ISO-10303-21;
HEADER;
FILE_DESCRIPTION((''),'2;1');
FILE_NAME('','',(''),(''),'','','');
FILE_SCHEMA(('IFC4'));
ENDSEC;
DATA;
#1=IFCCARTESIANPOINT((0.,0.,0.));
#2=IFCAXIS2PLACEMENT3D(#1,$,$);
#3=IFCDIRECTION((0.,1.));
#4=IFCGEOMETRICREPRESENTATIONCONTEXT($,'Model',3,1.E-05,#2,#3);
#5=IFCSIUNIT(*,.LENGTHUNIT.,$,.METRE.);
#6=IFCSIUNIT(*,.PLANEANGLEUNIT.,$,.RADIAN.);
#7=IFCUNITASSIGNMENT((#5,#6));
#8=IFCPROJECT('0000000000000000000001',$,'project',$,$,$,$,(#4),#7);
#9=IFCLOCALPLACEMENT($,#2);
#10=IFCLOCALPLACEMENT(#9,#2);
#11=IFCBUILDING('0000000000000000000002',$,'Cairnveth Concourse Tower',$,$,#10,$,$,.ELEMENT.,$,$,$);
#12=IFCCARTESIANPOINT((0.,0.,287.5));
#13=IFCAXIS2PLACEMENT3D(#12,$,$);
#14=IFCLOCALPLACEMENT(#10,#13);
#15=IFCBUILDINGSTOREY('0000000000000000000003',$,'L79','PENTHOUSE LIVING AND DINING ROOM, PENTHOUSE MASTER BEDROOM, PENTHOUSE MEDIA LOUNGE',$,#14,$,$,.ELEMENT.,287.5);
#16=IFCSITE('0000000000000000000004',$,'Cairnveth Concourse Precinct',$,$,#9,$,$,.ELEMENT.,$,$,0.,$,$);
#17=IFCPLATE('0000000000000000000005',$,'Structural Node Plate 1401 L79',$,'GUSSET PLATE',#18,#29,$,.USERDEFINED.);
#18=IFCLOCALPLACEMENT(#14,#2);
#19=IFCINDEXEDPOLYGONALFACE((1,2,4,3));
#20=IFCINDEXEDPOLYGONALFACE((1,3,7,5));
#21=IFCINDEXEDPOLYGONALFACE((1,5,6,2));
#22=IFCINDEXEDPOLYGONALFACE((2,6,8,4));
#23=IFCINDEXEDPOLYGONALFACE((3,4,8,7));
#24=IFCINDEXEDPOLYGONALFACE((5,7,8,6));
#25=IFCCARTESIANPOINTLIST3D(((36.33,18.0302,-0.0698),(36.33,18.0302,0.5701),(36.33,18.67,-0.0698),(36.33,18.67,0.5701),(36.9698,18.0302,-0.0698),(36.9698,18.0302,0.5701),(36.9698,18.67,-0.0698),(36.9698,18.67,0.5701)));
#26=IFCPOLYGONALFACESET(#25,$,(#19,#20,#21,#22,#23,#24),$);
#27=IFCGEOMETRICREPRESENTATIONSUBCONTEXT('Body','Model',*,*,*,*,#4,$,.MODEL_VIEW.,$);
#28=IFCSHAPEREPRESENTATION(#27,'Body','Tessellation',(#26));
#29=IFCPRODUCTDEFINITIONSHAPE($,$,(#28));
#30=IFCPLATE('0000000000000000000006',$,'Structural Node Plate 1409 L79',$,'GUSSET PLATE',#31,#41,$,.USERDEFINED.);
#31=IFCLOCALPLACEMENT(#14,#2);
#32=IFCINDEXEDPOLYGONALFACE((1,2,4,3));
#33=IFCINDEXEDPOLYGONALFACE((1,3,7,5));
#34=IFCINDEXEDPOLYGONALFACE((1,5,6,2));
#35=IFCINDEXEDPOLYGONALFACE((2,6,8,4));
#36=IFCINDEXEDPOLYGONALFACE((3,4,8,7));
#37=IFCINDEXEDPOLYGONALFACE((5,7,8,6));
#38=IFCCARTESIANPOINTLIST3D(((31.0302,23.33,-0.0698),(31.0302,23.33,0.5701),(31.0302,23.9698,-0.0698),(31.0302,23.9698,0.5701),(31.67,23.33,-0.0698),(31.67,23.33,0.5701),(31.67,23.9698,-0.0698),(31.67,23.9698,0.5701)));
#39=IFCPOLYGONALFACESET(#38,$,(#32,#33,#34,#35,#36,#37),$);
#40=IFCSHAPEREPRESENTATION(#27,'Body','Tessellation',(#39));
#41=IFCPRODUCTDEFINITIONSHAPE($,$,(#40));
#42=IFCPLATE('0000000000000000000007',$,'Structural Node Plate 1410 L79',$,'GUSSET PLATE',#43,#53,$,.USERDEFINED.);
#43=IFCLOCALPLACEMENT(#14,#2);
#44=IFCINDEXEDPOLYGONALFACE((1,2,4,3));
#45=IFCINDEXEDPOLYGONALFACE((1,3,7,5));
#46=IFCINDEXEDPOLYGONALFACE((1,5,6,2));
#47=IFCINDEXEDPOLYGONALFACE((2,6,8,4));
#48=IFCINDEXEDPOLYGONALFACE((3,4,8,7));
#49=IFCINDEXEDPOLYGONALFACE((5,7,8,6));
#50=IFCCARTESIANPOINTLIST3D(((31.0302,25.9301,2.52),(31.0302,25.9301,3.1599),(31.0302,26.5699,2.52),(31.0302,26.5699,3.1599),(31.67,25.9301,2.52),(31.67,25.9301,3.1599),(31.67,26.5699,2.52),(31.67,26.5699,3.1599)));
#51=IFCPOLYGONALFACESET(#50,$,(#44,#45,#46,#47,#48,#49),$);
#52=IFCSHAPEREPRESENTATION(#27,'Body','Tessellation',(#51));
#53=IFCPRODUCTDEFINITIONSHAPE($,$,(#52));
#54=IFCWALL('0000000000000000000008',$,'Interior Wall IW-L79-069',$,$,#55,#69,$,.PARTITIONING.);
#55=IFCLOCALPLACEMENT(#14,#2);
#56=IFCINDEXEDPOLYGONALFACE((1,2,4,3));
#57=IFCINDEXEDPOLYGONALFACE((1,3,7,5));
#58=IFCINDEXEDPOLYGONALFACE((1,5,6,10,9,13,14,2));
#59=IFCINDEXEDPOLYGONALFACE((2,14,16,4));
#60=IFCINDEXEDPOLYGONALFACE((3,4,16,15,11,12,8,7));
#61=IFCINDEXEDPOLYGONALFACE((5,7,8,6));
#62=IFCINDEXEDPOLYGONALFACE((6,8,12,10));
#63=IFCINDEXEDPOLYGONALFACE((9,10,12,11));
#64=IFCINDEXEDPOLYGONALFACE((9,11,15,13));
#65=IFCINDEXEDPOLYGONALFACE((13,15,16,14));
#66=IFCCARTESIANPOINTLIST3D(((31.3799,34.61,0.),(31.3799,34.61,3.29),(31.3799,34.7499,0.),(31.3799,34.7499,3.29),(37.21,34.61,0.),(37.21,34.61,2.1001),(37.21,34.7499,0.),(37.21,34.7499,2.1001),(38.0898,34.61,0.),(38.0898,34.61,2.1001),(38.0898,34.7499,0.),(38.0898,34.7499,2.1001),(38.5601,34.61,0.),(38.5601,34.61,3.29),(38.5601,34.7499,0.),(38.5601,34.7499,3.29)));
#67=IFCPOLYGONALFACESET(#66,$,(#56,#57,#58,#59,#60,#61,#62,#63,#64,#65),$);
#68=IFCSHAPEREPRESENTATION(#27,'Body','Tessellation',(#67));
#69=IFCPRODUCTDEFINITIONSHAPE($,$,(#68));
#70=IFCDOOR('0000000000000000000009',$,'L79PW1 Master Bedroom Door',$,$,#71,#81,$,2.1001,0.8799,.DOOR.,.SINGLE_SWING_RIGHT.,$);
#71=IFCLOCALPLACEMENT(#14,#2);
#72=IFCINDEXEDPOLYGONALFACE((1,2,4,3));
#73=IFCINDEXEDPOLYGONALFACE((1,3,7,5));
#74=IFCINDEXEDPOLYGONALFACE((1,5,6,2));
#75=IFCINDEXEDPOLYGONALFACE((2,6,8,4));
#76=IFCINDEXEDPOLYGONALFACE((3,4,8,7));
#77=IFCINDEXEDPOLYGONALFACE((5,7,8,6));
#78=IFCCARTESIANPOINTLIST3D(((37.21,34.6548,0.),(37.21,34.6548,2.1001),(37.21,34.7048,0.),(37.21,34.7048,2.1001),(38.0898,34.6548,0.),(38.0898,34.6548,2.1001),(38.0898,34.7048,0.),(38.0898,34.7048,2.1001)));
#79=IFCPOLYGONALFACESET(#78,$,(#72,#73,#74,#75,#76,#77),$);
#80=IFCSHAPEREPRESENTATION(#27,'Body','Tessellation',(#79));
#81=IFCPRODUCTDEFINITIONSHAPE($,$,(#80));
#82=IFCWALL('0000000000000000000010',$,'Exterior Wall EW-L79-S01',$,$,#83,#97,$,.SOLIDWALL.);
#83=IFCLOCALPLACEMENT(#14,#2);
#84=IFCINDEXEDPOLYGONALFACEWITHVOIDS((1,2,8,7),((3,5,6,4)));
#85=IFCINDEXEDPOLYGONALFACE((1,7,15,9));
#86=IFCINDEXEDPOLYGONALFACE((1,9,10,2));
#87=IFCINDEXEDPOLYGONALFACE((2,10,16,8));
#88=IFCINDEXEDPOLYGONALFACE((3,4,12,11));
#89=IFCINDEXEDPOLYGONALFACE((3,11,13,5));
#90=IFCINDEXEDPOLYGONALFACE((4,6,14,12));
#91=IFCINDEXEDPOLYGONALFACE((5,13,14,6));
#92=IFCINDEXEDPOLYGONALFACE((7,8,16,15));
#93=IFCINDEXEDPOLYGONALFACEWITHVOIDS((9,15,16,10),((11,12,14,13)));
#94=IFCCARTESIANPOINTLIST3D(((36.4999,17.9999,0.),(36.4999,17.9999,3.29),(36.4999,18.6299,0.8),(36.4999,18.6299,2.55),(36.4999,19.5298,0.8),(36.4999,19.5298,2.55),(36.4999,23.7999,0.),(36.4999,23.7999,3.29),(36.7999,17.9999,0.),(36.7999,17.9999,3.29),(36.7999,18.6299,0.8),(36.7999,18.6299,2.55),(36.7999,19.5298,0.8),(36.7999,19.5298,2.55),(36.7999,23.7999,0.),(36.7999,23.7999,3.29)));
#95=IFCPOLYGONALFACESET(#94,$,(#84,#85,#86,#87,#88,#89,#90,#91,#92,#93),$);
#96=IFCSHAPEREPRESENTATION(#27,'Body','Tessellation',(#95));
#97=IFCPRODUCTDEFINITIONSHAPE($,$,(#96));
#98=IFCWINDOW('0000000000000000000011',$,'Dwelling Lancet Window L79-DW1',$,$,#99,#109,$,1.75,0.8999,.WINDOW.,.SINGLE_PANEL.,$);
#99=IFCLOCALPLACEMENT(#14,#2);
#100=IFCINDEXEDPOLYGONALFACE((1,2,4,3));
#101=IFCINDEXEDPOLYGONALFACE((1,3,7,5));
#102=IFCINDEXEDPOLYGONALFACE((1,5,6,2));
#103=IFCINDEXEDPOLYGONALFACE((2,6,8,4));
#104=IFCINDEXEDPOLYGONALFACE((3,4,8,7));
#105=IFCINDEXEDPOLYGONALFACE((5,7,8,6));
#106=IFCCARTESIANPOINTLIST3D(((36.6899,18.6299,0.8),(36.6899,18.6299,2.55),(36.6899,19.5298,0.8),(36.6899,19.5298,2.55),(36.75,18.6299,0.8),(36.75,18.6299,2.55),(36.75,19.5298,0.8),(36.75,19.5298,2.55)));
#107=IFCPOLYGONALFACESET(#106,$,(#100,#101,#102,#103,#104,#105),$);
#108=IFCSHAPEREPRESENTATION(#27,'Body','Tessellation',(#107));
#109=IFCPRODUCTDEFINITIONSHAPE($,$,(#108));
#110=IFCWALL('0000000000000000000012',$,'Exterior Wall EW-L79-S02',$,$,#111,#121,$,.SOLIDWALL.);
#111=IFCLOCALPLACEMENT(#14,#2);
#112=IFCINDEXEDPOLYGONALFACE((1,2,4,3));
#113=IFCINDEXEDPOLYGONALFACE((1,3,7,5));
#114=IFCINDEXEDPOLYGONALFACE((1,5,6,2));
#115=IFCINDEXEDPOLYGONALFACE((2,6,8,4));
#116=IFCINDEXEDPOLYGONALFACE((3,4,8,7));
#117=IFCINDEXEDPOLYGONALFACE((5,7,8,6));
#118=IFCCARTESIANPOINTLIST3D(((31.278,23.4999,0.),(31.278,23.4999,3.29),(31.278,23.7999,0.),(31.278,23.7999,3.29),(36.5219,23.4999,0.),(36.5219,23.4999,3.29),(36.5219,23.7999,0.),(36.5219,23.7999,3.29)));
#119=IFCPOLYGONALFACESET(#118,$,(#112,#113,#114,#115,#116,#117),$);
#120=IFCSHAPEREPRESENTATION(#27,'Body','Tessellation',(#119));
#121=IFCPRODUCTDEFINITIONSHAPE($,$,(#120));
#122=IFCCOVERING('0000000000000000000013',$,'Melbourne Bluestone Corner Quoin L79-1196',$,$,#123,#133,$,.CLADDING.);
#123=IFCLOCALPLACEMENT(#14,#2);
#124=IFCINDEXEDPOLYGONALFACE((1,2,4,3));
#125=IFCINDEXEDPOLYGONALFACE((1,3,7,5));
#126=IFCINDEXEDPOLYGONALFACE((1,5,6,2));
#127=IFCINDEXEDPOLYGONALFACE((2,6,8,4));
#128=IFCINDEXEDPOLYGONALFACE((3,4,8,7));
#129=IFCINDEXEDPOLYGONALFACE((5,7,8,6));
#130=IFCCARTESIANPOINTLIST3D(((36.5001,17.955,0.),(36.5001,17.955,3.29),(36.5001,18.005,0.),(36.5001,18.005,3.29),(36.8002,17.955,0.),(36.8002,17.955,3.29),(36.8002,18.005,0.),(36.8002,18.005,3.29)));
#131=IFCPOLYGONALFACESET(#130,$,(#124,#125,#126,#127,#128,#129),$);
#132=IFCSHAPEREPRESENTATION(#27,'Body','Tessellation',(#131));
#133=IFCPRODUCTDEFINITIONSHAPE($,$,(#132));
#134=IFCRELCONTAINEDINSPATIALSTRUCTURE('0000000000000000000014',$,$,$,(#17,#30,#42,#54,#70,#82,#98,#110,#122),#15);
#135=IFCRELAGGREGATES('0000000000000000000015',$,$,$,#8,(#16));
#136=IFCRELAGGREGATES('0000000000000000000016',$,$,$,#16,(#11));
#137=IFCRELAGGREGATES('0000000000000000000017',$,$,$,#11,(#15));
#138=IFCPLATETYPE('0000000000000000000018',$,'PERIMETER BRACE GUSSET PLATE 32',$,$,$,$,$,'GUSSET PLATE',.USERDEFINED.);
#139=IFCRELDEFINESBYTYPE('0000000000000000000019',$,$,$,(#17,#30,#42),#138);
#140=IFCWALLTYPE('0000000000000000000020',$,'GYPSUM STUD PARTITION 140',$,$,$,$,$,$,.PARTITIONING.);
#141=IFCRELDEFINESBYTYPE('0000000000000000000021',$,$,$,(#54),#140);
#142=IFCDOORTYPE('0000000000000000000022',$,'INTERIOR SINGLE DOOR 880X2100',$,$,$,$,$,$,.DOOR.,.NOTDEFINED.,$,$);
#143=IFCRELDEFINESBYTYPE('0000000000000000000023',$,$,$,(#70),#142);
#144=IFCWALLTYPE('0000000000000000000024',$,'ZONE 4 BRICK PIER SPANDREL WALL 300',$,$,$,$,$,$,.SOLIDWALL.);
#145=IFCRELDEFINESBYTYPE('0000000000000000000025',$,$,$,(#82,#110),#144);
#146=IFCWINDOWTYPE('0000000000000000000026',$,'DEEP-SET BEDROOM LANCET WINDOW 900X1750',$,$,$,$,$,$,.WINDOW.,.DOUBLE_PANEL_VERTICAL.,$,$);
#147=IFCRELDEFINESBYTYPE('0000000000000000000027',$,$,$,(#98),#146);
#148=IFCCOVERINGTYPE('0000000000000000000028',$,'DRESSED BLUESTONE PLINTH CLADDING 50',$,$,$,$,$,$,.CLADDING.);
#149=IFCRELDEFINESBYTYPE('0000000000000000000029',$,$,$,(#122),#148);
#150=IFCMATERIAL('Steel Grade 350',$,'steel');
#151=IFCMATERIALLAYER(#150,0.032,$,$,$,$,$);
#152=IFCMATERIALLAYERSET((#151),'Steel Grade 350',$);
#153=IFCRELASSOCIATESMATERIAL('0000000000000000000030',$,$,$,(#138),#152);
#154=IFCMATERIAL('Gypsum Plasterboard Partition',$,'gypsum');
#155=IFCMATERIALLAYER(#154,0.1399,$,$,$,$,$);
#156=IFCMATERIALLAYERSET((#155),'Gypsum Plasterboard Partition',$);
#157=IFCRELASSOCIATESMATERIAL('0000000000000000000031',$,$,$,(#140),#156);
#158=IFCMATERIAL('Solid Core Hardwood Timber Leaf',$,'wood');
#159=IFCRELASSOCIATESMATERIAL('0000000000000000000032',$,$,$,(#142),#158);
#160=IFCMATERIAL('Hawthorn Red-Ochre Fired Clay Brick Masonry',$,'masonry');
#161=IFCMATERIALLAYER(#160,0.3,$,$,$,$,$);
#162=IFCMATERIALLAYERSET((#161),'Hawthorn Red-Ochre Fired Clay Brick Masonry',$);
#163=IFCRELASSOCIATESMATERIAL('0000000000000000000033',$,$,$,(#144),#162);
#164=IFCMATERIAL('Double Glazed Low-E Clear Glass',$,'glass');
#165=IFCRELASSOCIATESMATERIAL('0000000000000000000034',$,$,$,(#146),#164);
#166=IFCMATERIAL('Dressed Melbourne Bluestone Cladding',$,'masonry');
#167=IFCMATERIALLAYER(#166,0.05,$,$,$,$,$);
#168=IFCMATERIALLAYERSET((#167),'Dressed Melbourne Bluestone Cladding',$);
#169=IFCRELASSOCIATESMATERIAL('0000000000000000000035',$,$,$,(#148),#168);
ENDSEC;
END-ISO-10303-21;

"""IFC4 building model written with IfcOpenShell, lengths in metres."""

from ifc_helpers import new_model, si_unit, direction, frame, frame_2d, origin, origin_2d, place, context, subcontext, project, spatial, rectangle, extrude, material, layer, layer_set, type_object, element, fill, save


model = new_model("IFC4")

# Units and contexts
model_context = context("Model", 3, precision=1e-05, world=origin(), true_north=direction((0.0, 1.0)))
body_context = subcontext(model_context, "Body", "Model", "MODEL_VIEW")
ifc_project = project(units=[si_unit("LENGTHUNIT", "METRE"), si_unit("PLANEANGLEUNIT", "RADIAN")], contexts=[model_context])

# Site, building, storey
site_placement = place(None, origin())
site = spatial("IfcSite", under=ifc_project, at=site_placement, Name="Cairnveth Concourse Precinct", CompositionType="ELEMENT", RefElevation=0.0)
building_placement = place(site_placement, origin())
building = spatial("IfcBuilding", under=site, at=building_placement, Name="Cairnveth Concourse Tower", CompositionType="ELEMENT")
storey_placement = place(building_placement, frame((0.0, 0.0, 287.5)))
storey = spatial("IfcBuildingStorey", under=building, at=storey_placement, Name="L79", Description="PENTHOUSE LIVING AND DINING ROOM, PENTHOUSE MASTER BEDROOM, PENTHOUSE MEDIA LOUNGE", CompositionType="ELEMENT", Elevation=287.5)

# Shared definitions
ifc_material_1 = material(Name="Steel Grade 350", Category="steel")

# Plates
ifc_layer_1 = layer(ifc_material_1, 0.032)
ifc_layer_set_1 = layer_set([ifc_layer_1], Name="Steel Grade 350")
plate_type = type_object("IfcPlateType", Name="PERIMETER BRACE GUSSET PLATE 32", ElementType="GUSSET PLATE", PredefinedType="USERDEFINED", material=ifc_layer_set_1)
for number, where, z_axis, x_axis, name in (
    (1, (36.6499, 18.3501, -0.0698), (0.0, 0.0, 1.0), (1.0, 0.0, 0.0), "Structural Node Plate 1401 L79"),
    (2, (31.3501, 23.6499, -0.0698), (0.0, 0.0, 1.0), (1.0, 0.0, 0.0), "Structural Node Plate 1409 L79"),
    (3, (31.3501, 26.25, 2.52), (0.0, 0.0, 1.0), (1.0, 0.0, 0.0), "Structural Node Plate 1410 L79"),
):
    element("IfcPlate", number, at=place(storey_placement, frame(where, z_axis=z_axis, x_axis=x_axis)), inside=storey, type_object=plate_type, Name=name, ObjectType="GUSSET PLATE", PredefinedType="USERDEFINED", context=body_context, shape_type="SweptSolid", body=[
        extrude(rectangle(XDim=0.6399, YDim=0.6399, at=origin_2d()), origin(), (0.0, 0.0, 1.0), 0.6399),
    ])

# Wall, opening, door
ifc_material_2 = material(Name="Gypsum Plasterboard Partition", Category="gypsum")
ifc_layer_2 = layer(ifc_material_2, 0.1399)
ifc_layer_set_2 = layer_set([ifc_layer_2], Name="Gypsum Plasterboard Partition")
wall_type_1 = type_object("IfcWallType", Name="GYPSUM STUD PARTITION 140", PredefinedType="PARTITIONING", material=ifc_layer_set_2)
wall_1_placement = place(storey_placement, frame((31.3799, 34.6799, 0.0), z_axis=(0.0, 0.0, 1.0), x_axis=(1.0, 0.0, 0.0)))
wall_1 = element("IfcWall", 4, at=wall_1_placement, inside=storey, type_object=wall_type_1, Name="Interior Wall IW-L79-069", PredefinedType="PARTITIONING", context=body_context, shape_type="SweptSolid", body=[
    extrude(rectangle(XDim=7.1802, YDim=0.1399, at=frame_2d((3.5901, 0.0))), origin(), (0.0, 0.0, 1.0), 3.29),
])
opening_1_placement = place(wall_1_placement, frame((5.8301, 0.0, 0.0)))
opening_1 = element("IfcOpeningElement", 5, at=opening_1_placement, cuts=wall_1, PredefinedType="OPENING", context=body_context, shape_type="SweptSolid", body=[
    extrude(rectangle(XDim=0.8799, YDim=2.1001, at=frame_2d((0.4399, 1.05))), frame((0.0, 0.0798, 0.0), z_axis=(0.0, -1.0, 0.0), x_axis=(1.0, 0.0, 0.0)), (0.0, 0.0, 1.0), 0.1599),
])
ifc_material_3 = material(Name="Solid Core Hardwood Timber Leaf", Category="wood")
door_type = type_object("IfcDoorType", Name="INTERIOR SINGLE DOOR 880X2100", OperationType="NOTDEFINED", PredefinedType="DOOR", material=ifc_material_3)
door_placement = place(opening_1_placement, origin())
door = element("IfcDoor", 6, at=door_placement, inside=storey, type_object=door_type, Name="L79PW1 Master Bedroom Door", OperationType="SINGLE_SWING_RIGHT", OverallHeight=2.1001, OverallWidth=0.8799, PredefinedType="DOOR", context=body_context, shape_type="SweptSolid", body=[
    extrude(rectangle(XDim=0.8799, YDim=2.1001, at=frame_2d((0.4399, 1.05))), frame((0.0, 0.0249, 0.0), z_axis=(0.0, -1.0, 0.0), x_axis=(1.0, 0.0, 0.0)), (0.0, 0.0, 1.0), 0.05),
])
fill(opening_1, door)

# Wall, opening, window
ifc_material_4 = material(Name="Hawthorn Red-Ochre Fired Clay Brick Masonry", Category="masonry")
ifc_layer_3 = layer(ifc_material_4, 0.3)
ifc_layer_set_3 = layer_set([ifc_layer_3], Name="Hawthorn Red-Ochre Fired Clay Brick Masonry")
wall_type_2 = type_object("IfcWallType", Name="ZONE 4 BRICK PIER SPANDREL WALL 300", PredefinedType="SOLIDWALL", material=ifc_layer_set_3)
wall_2_placement = place(storey_placement, frame((36.6499, 18.0, 0.0), z_axis=(0.0, 0.0, 1.0), x_axis=(0.0, 1.0, 0.0)))
wall_2 = element("IfcWall", 7, at=wall_2_placement, inside=storey, type_object=wall_type_2, Name="Exterior Wall EW-L79-S01", PredefinedType="SOLIDWALL", context=body_context, shape_type="SweptSolid", body=[
    extrude(rectangle(XDim=5.8, YDim=0.3, at=frame_2d((2.8999, 0.0))), origin(), (0.0, 0.0, 1.0), 3.29),
])
opening_2_placement = place(wall_2_placement, frame((0.6299, 0.0, 0.8)))
opening_2 = element("IfcOpeningElement", 8, at=opening_2_placement, cuts=wall_2, PredefinedType="OPENING", context=body_context, shape_type="SweptSolid", body=[
    extrude(rectangle(XDim=0.8999, YDim=1.75, at=frame_2d((0.45, 0.875))), frame((0.0, 0.1599, 0.0), z_axis=(0.0, -1.0, 0.0), x_axis=(1.0, 0.0, 0.0)), (0.0, 0.0, 1.0), 0.3201),
])
ifc_material_5 = material(Name="Double Glazed Low-E Clear Glass", Category="glass")
window_type = type_object("IfcWindowType", Name="DEEP-SET BEDROOM LANCET WINDOW 900X1750", PartitioningType="DOUBLE_PANEL_VERTICAL", PredefinedType="WINDOW", material=ifc_material_5)
window_placement = place(opening_2_placement, origin())
window = element("IfcWindow", 9, at=window_placement, inside=storey, type_object=window_type, Name="Dwelling Lancet Window L79-DW1", OverallHeight=1.75, OverallWidth=0.8999, PartitioningType="SINGLE_PANEL", PredefinedType="WINDOW", context=body_context, shape_type="SweptSolid", body=[
    extrude(rectangle(XDim=0.8999, YDim=1.75, at=frame_2d((0.45, 0.875))), frame((0.0, -0.04, 0.0), z_axis=(0.0, -1.0, 0.0), x_axis=(1.0, 0.0, 0.0)), (0.0, 0.0, 1.0), 0.0601),
])
fill(opening_2, window)

# Wall
wall_3_placement = place(storey_placement, frame((36.522, 23.6499, 0.0), z_axis=(0.0, 0.0, 1.0), x_axis=(-1.0, 0.0, 0.0)))
element("IfcWall", 10, at=wall_3_placement, inside=storey, type_object=wall_type_2, Name="Exterior Wall EW-L79-S02", PredefinedType="SOLIDWALL", context=body_context, shape_type="SweptSolid", body=[
    extrude(rectangle(XDim=5.2439, YDim=0.3, at=frame_2d((2.6221, 0.0))), origin(), (0.0, 0.0, 1.0), 3.29),
])

# Covering
ifc_material_6 = material(Name="Dressed Melbourne Bluestone Cladding", Category="masonry")
ifc_layer_4 = layer(ifc_material_6, 0.05)
ifc_layer_set_4 = layer_set([ifc_layer_4], Name="Dressed Melbourne Bluestone Cladding")
covering_type = type_object("IfcCoveringType", Name="DRESSED BLUESTONE PLINTH CLADDING 50", PredefinedType="CLADDING", material=ifc_layer_set_4)
covering_placement = place(storey_placement, frame((36.8, 17.98, 0.0), z_axis=(0.0, 0.0, 1.0), x_axis=(-1.0, 0.0, 0.0)))
element("IfcCovering", 11, at=covering_placement, inside=storey, type_object=covering_type, Name="Melbourne Bluestone Corner Quoin L79-1196", PredefinedType="CLADDING", context=body_context, shape_type="SweptSolid", body=[
    extrude(rectangle(XDim=0.3, YDim=0.05, at=frame_2d((0.1499, 0.0))), origin(), (0.0, 0.0, 1.0), 3.29),
])

save(model, "model.ifc")
